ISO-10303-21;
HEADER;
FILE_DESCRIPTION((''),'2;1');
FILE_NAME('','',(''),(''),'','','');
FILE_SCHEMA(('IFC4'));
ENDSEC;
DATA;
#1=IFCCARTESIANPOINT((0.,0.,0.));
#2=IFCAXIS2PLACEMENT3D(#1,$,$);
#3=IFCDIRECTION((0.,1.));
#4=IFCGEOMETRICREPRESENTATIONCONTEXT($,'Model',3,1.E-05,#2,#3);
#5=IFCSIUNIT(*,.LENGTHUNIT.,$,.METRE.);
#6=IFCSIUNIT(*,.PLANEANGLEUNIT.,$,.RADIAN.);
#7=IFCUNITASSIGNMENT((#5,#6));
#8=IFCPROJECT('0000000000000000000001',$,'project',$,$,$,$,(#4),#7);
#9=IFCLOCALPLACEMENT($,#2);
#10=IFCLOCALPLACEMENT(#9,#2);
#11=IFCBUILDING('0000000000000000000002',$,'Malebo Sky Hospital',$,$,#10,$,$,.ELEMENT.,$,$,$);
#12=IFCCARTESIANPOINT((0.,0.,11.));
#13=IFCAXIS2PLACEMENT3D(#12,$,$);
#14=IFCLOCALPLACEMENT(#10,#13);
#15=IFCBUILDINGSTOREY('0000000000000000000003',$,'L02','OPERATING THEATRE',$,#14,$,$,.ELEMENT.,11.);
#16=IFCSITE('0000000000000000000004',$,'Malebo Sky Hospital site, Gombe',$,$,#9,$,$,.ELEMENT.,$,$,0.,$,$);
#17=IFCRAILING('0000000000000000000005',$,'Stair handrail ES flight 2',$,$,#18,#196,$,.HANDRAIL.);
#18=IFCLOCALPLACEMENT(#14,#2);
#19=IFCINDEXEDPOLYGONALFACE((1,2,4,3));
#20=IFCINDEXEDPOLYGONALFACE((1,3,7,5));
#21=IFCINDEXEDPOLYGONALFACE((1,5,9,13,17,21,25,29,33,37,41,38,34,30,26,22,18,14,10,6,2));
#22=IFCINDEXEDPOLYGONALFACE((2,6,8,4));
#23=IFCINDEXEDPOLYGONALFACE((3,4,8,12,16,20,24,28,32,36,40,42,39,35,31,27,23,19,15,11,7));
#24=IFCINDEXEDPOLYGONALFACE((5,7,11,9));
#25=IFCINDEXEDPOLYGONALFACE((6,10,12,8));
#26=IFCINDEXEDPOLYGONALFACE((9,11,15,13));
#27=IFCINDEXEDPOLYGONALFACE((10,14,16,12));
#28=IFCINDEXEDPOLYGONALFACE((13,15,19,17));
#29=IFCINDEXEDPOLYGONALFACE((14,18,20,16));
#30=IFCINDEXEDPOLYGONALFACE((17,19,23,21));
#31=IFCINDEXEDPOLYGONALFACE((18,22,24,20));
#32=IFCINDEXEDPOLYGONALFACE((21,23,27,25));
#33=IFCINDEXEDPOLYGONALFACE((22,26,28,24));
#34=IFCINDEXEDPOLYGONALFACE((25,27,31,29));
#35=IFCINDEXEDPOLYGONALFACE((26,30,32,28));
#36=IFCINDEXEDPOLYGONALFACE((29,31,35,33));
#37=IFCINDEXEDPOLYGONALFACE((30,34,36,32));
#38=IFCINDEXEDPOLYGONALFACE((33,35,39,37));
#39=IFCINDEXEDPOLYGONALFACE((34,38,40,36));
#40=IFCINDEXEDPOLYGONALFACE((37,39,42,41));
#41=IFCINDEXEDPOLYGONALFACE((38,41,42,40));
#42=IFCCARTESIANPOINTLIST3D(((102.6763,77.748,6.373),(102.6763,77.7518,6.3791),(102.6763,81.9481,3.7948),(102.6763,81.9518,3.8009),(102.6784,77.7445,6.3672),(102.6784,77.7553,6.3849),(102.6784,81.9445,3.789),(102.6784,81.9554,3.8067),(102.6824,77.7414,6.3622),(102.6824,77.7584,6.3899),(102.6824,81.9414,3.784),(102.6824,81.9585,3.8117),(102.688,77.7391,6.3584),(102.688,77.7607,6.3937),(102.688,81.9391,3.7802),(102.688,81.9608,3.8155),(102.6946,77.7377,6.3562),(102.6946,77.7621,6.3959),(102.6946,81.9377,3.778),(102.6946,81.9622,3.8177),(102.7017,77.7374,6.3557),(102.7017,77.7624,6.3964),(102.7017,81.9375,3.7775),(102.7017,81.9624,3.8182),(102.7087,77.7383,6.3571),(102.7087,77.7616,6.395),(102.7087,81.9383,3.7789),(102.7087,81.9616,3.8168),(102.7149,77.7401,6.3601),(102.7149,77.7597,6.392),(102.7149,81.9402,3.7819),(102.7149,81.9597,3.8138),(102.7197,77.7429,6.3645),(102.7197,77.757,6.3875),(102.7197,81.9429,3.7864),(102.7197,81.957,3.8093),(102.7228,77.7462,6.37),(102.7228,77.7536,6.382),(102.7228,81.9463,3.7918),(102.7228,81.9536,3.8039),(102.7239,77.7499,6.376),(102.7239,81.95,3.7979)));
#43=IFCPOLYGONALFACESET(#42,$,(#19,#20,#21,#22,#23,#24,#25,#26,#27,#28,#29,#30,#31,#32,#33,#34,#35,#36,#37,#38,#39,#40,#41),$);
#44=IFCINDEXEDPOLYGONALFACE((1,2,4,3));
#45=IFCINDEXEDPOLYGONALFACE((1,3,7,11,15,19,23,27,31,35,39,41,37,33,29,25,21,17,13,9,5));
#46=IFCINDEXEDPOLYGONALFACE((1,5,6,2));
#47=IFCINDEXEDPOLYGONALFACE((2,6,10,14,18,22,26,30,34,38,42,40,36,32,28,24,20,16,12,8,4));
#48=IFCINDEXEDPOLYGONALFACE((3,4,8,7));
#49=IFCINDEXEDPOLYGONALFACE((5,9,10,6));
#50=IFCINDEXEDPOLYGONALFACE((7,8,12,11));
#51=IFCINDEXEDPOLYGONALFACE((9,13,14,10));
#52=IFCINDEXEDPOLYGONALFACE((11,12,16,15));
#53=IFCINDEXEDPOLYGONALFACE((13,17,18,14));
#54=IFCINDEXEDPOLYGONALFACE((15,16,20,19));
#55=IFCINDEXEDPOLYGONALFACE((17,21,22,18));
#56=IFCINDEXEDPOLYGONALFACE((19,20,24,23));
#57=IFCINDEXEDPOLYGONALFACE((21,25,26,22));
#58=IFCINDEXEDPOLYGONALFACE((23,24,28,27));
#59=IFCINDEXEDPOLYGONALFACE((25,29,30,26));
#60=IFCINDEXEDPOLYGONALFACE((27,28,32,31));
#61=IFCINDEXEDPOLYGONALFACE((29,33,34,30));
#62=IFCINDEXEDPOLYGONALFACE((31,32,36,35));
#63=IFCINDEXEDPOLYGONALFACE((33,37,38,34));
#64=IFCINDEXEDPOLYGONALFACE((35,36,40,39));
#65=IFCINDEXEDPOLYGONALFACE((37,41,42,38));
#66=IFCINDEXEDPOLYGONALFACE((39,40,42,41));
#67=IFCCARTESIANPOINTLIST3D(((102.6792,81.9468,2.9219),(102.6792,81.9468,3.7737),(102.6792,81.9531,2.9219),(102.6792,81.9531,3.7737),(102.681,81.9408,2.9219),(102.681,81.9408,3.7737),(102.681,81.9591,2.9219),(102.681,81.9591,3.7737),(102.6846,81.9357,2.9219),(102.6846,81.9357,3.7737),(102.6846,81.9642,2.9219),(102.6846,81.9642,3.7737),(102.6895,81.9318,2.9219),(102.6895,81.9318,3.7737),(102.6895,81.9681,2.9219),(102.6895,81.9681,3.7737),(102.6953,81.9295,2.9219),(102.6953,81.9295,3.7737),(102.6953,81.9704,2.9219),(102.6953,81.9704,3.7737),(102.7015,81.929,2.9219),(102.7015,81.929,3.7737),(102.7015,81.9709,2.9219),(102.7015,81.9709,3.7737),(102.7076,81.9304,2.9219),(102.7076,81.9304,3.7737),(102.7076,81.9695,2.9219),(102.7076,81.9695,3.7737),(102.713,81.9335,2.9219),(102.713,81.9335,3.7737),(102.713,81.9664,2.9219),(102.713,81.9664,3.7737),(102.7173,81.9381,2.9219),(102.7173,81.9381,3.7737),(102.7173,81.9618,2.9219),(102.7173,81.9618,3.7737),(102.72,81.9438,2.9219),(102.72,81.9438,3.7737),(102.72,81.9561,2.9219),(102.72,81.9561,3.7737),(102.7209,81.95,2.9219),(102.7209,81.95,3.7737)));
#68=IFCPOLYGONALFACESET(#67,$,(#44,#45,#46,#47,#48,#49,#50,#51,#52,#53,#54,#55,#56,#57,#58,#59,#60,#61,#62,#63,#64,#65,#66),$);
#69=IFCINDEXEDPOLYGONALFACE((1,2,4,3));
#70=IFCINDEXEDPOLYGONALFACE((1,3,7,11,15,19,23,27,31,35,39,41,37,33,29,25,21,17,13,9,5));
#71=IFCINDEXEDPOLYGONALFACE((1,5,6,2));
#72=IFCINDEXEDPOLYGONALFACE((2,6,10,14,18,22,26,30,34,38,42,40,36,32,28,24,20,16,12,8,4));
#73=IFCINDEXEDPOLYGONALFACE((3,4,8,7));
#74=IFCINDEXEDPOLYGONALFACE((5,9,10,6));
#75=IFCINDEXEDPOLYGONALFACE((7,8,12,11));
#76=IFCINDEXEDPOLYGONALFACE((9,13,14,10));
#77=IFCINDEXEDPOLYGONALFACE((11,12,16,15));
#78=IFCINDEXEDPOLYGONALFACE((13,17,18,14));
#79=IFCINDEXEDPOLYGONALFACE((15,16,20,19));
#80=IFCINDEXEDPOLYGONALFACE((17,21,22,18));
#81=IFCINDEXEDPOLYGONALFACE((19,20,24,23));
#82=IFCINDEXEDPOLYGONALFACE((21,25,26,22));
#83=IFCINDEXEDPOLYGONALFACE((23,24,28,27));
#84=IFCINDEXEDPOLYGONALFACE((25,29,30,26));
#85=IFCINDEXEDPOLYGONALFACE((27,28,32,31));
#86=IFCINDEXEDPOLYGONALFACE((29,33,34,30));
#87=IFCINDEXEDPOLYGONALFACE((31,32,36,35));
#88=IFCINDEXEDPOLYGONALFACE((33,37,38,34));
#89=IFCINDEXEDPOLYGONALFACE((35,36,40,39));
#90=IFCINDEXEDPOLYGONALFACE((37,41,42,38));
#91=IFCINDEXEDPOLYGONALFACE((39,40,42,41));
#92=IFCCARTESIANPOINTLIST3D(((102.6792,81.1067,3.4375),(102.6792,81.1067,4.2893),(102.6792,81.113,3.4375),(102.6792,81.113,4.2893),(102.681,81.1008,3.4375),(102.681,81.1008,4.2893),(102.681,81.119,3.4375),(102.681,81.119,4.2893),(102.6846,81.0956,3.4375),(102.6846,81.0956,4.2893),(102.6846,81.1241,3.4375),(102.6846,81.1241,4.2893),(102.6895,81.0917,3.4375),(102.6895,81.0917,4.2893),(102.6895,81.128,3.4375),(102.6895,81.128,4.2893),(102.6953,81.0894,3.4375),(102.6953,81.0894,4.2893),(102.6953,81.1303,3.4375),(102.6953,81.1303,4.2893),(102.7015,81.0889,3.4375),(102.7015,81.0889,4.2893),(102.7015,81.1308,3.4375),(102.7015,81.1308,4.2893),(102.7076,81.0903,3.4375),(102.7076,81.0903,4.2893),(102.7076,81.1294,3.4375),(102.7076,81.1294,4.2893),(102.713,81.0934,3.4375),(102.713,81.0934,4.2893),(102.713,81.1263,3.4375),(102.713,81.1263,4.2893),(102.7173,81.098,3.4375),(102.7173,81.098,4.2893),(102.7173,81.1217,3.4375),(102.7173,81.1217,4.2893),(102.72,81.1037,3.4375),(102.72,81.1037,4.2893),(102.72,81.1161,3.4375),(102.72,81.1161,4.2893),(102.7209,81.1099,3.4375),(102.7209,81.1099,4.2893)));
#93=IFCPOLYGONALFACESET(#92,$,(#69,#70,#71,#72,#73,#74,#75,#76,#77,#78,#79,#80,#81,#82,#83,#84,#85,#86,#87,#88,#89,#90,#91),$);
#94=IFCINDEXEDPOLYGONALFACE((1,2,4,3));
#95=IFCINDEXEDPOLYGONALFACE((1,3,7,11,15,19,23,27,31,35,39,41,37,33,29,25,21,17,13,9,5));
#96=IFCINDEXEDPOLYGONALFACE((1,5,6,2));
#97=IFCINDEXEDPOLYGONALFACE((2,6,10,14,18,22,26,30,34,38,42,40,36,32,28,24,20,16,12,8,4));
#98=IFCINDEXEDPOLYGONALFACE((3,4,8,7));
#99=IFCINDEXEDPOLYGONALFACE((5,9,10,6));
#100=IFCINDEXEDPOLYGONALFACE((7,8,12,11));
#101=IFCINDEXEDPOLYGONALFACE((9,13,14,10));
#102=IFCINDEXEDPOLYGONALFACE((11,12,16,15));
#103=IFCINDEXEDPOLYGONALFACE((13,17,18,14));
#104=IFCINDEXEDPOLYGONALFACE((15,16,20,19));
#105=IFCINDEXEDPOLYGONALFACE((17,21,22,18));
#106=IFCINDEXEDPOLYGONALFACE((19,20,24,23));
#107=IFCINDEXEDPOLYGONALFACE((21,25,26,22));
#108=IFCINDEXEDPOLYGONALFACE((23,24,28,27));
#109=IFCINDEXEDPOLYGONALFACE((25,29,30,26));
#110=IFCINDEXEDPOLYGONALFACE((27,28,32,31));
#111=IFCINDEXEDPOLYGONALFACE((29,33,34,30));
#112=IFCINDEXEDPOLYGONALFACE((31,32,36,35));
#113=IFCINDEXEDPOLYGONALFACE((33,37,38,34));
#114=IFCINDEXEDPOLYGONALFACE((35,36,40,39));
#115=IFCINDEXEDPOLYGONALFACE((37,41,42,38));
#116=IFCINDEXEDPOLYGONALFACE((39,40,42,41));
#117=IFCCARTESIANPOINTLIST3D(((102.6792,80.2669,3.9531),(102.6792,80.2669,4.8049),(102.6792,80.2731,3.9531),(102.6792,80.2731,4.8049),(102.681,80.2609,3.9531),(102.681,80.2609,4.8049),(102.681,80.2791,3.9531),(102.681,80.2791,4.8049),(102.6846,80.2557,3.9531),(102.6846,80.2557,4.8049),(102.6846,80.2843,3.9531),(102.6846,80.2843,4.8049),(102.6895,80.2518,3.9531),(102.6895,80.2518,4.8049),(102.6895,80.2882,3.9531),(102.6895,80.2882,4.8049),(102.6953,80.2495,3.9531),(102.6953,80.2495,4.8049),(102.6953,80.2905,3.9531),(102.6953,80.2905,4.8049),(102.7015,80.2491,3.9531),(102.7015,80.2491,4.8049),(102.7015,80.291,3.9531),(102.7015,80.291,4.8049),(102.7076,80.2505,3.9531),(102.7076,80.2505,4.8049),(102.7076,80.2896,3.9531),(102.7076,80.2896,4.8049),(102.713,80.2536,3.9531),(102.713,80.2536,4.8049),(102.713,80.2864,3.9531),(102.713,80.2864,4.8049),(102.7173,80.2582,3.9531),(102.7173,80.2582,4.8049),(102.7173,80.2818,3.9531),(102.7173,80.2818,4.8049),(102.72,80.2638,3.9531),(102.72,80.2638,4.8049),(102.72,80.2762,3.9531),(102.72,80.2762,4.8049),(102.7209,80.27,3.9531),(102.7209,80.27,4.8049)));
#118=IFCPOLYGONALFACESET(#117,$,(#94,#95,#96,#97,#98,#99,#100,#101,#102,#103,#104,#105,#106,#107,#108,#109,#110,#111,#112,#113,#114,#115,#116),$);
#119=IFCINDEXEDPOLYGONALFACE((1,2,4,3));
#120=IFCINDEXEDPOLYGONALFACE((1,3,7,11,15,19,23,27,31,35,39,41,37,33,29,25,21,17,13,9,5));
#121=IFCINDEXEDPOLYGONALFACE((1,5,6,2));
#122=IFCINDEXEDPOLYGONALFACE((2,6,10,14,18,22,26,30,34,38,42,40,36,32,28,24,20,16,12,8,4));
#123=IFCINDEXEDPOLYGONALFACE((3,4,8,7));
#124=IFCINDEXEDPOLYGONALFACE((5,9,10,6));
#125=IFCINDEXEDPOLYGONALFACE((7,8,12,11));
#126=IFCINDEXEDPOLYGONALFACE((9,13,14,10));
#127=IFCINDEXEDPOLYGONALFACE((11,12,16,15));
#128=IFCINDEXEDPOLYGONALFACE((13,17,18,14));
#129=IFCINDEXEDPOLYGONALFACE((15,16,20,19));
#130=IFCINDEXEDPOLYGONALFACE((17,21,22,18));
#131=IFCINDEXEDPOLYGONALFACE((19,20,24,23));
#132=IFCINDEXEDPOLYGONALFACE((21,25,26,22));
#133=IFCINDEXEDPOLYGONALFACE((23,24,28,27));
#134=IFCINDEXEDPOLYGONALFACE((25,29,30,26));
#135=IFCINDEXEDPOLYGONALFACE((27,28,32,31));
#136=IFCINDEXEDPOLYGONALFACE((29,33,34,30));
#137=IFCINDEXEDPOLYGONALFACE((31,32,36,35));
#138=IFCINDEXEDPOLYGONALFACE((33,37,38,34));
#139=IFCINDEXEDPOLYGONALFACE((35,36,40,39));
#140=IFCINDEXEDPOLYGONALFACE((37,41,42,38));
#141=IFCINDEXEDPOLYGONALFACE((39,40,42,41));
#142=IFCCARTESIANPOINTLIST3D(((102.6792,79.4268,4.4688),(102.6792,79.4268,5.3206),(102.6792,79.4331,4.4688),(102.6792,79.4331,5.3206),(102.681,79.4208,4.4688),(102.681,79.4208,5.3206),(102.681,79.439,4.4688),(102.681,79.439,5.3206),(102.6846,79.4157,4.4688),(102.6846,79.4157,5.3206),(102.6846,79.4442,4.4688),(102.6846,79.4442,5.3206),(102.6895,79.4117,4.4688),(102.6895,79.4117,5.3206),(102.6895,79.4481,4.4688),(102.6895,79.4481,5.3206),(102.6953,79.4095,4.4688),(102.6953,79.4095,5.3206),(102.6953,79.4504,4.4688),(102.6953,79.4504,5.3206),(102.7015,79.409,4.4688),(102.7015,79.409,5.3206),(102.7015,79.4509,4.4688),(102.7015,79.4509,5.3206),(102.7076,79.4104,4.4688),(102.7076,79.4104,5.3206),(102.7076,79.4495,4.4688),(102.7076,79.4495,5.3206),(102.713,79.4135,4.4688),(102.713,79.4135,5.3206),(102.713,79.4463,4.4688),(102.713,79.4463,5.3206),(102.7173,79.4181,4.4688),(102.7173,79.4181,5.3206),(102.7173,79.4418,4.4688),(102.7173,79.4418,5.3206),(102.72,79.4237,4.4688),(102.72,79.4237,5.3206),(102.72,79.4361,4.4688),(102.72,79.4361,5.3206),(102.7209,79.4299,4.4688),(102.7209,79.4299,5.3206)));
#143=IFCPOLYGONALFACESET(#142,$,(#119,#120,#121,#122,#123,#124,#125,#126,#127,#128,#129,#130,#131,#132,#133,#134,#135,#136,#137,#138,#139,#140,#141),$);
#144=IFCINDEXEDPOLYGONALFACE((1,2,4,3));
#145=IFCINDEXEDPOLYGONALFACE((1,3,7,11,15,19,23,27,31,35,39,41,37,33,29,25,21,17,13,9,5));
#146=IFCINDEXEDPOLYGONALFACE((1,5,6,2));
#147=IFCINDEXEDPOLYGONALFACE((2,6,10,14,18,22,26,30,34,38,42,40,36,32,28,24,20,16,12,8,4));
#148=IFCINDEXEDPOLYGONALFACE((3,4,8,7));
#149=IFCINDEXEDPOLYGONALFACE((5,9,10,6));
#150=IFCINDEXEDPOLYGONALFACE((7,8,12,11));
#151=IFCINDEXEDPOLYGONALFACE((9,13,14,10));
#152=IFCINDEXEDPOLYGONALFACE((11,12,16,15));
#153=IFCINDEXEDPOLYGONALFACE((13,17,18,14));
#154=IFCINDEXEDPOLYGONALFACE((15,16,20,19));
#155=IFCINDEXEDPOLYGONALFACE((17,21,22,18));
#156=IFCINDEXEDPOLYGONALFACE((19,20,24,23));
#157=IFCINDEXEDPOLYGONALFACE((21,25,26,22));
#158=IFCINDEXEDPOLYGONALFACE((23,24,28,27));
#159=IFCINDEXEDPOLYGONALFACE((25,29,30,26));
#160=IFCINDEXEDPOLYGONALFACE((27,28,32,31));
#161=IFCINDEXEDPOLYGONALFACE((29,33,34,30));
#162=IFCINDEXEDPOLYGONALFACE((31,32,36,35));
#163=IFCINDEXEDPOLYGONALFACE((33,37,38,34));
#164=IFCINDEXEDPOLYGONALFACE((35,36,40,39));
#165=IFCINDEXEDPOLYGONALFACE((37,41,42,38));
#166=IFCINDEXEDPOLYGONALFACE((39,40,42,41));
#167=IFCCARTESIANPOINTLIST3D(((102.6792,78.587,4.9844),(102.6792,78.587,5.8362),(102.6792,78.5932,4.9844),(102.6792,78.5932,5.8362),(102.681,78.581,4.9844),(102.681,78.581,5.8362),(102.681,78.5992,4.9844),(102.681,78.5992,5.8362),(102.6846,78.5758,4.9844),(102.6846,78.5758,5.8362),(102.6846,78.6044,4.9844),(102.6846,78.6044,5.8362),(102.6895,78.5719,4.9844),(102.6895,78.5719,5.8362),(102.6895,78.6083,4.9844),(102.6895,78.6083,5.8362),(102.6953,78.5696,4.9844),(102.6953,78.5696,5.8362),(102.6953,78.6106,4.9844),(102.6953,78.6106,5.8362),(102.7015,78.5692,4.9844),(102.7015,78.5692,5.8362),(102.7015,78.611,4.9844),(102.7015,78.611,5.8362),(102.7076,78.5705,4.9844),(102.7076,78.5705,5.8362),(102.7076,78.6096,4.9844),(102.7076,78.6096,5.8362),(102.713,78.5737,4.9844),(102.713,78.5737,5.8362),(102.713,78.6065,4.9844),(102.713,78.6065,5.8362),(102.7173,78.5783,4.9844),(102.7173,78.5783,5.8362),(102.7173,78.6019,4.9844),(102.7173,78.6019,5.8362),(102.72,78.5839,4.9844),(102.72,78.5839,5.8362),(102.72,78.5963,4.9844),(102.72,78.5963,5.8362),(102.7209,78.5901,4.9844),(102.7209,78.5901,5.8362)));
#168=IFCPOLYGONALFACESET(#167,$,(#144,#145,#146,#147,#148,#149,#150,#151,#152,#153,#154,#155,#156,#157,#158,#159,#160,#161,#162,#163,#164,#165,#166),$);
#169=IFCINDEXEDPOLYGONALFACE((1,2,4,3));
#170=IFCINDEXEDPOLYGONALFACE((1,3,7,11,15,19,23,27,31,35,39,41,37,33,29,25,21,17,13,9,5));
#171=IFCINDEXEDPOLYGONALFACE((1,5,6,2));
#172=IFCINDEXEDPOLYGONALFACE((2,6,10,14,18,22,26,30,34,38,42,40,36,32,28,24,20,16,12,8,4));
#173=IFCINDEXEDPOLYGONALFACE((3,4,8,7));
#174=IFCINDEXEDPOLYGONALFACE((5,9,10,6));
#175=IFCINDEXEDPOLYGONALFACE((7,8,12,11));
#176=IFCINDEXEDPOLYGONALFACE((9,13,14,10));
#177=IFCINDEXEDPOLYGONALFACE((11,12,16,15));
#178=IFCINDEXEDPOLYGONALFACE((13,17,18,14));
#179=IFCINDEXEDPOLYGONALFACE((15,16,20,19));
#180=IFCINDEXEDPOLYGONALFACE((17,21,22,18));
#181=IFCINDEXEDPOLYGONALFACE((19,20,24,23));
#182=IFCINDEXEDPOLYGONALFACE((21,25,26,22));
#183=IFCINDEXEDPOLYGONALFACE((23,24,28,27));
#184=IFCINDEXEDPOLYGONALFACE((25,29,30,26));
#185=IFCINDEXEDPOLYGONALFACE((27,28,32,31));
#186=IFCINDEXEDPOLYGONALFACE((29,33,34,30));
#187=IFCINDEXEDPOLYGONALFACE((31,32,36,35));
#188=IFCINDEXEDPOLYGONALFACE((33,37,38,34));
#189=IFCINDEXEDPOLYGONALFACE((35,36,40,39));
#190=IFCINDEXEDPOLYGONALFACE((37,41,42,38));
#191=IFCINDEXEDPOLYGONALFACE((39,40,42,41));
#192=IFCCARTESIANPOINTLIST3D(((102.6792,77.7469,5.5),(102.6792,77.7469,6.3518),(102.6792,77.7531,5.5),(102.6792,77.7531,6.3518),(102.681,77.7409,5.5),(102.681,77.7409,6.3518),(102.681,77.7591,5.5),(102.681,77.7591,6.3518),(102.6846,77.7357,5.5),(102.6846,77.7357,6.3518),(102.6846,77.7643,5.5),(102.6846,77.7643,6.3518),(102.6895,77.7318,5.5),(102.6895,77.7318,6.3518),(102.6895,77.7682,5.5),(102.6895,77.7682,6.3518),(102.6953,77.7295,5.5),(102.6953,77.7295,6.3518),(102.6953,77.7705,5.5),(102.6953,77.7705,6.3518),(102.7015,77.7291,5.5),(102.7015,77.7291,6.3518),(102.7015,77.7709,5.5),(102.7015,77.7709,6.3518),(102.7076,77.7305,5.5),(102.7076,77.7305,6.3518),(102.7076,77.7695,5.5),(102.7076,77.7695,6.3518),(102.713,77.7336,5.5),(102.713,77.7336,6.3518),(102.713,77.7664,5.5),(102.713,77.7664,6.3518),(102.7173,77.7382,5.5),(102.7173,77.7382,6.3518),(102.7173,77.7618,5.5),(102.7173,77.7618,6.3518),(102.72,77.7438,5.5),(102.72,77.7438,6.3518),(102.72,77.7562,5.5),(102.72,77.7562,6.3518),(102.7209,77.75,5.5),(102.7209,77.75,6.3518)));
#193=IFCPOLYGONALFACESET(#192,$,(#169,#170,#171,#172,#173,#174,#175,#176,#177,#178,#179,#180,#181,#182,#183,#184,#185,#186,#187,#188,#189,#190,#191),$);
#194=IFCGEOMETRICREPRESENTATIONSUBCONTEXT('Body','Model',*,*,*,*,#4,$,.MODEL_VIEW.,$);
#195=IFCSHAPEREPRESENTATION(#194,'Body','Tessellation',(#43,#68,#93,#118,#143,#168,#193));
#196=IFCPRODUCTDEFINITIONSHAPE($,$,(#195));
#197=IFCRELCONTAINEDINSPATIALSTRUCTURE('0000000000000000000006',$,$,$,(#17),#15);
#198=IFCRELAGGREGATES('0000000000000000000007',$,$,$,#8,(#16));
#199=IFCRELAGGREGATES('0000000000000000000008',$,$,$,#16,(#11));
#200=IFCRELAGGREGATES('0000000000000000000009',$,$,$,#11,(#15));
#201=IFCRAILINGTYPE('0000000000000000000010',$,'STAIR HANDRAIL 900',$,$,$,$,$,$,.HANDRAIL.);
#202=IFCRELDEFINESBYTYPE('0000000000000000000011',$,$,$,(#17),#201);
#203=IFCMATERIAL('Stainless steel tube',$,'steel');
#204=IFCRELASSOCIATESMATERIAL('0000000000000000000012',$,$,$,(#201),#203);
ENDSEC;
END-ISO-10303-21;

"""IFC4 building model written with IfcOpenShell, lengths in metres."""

from ifc_helpers import new_model, si_unit, direction, frame, origin, origin_2d, place, context, subcontext, project, spatial, circle, extrude, material, type_object, element, save


model = new_model("IFC4")

# Units and contexts
model_context = context("Model", 3, precision=1e-05, world=origin(), true_north=direction((0.0, 1.0)))
body_context = subcontext(model_context, "Body", "Model", "MODEL_VIEW")
ifc_project = project(units=[si_unit("LENGTHUNIT", "METRE"), si_unit("PLANEANGLEUNIT", "RADIAN")], contexts=[model_context])

# Site, building, storey
site_placement = place(None, origin())
site = spatial("IfcSite", under=ifc_project, at=site_placement, Name="Malebo Sky Hospital site, Gombe", CompositionType="ELEMENT", RefElevation=0.0)
building_placement = place(site_placement, origin())
building = spatial("IfcBuilding", under=site, at=building_placement, Name="Malebo Sky Hospital", CompositionType="ELEMENT")
storey_placement = place(building_placement, frame((0.0, 0.0, 11.0)))
storey = spatial("IfcBuildingStorey", under=building, at=storey_placement, Name="L02", Description="OPERATING THEATRE", CompositionType="ELEMENT", Elevation=11.0)

# Railing
ifc_material_1 = material(Name="Stainless steel tube", Category="steel")
railing_type = type_object("IfcRailingType", Name="STAIR HANDRAIL 900", PredefinedType="HANDRAIL", material=ifc_material_1)
railing_placement = place(storey_placement, frame((102.7, 81.95, 2.9219)))
element("IfcRailing", 1, at=railing_placement, inside=storey, type_object=railing_type, Name="Stair handrail ES flight 2", PredefinedType="HANDRAIL", context=body_context, shape_type="SweptSolid", body=[
    extrude(circle(Radius=0.0239, at=origin_2d()), frame((0.0, 0.0, 0.876), z_axis=(0.0, -0.852243, 0.523146), x_axis=(1.0, 0.0, 0.0)), (0.0, 0.0, 1.0), 4.9282),
    extrude(circle(Radius=0.021, at=origin_2d()), origin(), (0.0, 0.0, 1.0), 0.8518),
    extrude(circle(Radius=0.021, at=origin_2d()), frame((0.0, -0.8401, 0.5156)), (0.0, 0.0, 1.0), 0.8518),
    extrude(circle(Radius=0.021, at=origin_2d()), frame((0.0, -1.6799, 1.0312)), (0.0, 0.0, 1.0), 0.8518),
    extrude(circle(Radius=0.021, at=origin_2d()), frame((0.0, -2.52, 1.5469)), (0.0, 0.0, 1.0), 0.8518),
    extrude(circle(Radius=0.021, at=origin_2d()), frame((0.0, -3.3599, 2.0625)), (0.0, 0.0, 1.0), 0.8518),
    extrude(circle(Radius=0.021, at=origin_2d()), frame((0.0, -4.2, 2.5781)), (0.0, 0.0, 1.0), 0.8518),
])

save(model, "model.ifc")
